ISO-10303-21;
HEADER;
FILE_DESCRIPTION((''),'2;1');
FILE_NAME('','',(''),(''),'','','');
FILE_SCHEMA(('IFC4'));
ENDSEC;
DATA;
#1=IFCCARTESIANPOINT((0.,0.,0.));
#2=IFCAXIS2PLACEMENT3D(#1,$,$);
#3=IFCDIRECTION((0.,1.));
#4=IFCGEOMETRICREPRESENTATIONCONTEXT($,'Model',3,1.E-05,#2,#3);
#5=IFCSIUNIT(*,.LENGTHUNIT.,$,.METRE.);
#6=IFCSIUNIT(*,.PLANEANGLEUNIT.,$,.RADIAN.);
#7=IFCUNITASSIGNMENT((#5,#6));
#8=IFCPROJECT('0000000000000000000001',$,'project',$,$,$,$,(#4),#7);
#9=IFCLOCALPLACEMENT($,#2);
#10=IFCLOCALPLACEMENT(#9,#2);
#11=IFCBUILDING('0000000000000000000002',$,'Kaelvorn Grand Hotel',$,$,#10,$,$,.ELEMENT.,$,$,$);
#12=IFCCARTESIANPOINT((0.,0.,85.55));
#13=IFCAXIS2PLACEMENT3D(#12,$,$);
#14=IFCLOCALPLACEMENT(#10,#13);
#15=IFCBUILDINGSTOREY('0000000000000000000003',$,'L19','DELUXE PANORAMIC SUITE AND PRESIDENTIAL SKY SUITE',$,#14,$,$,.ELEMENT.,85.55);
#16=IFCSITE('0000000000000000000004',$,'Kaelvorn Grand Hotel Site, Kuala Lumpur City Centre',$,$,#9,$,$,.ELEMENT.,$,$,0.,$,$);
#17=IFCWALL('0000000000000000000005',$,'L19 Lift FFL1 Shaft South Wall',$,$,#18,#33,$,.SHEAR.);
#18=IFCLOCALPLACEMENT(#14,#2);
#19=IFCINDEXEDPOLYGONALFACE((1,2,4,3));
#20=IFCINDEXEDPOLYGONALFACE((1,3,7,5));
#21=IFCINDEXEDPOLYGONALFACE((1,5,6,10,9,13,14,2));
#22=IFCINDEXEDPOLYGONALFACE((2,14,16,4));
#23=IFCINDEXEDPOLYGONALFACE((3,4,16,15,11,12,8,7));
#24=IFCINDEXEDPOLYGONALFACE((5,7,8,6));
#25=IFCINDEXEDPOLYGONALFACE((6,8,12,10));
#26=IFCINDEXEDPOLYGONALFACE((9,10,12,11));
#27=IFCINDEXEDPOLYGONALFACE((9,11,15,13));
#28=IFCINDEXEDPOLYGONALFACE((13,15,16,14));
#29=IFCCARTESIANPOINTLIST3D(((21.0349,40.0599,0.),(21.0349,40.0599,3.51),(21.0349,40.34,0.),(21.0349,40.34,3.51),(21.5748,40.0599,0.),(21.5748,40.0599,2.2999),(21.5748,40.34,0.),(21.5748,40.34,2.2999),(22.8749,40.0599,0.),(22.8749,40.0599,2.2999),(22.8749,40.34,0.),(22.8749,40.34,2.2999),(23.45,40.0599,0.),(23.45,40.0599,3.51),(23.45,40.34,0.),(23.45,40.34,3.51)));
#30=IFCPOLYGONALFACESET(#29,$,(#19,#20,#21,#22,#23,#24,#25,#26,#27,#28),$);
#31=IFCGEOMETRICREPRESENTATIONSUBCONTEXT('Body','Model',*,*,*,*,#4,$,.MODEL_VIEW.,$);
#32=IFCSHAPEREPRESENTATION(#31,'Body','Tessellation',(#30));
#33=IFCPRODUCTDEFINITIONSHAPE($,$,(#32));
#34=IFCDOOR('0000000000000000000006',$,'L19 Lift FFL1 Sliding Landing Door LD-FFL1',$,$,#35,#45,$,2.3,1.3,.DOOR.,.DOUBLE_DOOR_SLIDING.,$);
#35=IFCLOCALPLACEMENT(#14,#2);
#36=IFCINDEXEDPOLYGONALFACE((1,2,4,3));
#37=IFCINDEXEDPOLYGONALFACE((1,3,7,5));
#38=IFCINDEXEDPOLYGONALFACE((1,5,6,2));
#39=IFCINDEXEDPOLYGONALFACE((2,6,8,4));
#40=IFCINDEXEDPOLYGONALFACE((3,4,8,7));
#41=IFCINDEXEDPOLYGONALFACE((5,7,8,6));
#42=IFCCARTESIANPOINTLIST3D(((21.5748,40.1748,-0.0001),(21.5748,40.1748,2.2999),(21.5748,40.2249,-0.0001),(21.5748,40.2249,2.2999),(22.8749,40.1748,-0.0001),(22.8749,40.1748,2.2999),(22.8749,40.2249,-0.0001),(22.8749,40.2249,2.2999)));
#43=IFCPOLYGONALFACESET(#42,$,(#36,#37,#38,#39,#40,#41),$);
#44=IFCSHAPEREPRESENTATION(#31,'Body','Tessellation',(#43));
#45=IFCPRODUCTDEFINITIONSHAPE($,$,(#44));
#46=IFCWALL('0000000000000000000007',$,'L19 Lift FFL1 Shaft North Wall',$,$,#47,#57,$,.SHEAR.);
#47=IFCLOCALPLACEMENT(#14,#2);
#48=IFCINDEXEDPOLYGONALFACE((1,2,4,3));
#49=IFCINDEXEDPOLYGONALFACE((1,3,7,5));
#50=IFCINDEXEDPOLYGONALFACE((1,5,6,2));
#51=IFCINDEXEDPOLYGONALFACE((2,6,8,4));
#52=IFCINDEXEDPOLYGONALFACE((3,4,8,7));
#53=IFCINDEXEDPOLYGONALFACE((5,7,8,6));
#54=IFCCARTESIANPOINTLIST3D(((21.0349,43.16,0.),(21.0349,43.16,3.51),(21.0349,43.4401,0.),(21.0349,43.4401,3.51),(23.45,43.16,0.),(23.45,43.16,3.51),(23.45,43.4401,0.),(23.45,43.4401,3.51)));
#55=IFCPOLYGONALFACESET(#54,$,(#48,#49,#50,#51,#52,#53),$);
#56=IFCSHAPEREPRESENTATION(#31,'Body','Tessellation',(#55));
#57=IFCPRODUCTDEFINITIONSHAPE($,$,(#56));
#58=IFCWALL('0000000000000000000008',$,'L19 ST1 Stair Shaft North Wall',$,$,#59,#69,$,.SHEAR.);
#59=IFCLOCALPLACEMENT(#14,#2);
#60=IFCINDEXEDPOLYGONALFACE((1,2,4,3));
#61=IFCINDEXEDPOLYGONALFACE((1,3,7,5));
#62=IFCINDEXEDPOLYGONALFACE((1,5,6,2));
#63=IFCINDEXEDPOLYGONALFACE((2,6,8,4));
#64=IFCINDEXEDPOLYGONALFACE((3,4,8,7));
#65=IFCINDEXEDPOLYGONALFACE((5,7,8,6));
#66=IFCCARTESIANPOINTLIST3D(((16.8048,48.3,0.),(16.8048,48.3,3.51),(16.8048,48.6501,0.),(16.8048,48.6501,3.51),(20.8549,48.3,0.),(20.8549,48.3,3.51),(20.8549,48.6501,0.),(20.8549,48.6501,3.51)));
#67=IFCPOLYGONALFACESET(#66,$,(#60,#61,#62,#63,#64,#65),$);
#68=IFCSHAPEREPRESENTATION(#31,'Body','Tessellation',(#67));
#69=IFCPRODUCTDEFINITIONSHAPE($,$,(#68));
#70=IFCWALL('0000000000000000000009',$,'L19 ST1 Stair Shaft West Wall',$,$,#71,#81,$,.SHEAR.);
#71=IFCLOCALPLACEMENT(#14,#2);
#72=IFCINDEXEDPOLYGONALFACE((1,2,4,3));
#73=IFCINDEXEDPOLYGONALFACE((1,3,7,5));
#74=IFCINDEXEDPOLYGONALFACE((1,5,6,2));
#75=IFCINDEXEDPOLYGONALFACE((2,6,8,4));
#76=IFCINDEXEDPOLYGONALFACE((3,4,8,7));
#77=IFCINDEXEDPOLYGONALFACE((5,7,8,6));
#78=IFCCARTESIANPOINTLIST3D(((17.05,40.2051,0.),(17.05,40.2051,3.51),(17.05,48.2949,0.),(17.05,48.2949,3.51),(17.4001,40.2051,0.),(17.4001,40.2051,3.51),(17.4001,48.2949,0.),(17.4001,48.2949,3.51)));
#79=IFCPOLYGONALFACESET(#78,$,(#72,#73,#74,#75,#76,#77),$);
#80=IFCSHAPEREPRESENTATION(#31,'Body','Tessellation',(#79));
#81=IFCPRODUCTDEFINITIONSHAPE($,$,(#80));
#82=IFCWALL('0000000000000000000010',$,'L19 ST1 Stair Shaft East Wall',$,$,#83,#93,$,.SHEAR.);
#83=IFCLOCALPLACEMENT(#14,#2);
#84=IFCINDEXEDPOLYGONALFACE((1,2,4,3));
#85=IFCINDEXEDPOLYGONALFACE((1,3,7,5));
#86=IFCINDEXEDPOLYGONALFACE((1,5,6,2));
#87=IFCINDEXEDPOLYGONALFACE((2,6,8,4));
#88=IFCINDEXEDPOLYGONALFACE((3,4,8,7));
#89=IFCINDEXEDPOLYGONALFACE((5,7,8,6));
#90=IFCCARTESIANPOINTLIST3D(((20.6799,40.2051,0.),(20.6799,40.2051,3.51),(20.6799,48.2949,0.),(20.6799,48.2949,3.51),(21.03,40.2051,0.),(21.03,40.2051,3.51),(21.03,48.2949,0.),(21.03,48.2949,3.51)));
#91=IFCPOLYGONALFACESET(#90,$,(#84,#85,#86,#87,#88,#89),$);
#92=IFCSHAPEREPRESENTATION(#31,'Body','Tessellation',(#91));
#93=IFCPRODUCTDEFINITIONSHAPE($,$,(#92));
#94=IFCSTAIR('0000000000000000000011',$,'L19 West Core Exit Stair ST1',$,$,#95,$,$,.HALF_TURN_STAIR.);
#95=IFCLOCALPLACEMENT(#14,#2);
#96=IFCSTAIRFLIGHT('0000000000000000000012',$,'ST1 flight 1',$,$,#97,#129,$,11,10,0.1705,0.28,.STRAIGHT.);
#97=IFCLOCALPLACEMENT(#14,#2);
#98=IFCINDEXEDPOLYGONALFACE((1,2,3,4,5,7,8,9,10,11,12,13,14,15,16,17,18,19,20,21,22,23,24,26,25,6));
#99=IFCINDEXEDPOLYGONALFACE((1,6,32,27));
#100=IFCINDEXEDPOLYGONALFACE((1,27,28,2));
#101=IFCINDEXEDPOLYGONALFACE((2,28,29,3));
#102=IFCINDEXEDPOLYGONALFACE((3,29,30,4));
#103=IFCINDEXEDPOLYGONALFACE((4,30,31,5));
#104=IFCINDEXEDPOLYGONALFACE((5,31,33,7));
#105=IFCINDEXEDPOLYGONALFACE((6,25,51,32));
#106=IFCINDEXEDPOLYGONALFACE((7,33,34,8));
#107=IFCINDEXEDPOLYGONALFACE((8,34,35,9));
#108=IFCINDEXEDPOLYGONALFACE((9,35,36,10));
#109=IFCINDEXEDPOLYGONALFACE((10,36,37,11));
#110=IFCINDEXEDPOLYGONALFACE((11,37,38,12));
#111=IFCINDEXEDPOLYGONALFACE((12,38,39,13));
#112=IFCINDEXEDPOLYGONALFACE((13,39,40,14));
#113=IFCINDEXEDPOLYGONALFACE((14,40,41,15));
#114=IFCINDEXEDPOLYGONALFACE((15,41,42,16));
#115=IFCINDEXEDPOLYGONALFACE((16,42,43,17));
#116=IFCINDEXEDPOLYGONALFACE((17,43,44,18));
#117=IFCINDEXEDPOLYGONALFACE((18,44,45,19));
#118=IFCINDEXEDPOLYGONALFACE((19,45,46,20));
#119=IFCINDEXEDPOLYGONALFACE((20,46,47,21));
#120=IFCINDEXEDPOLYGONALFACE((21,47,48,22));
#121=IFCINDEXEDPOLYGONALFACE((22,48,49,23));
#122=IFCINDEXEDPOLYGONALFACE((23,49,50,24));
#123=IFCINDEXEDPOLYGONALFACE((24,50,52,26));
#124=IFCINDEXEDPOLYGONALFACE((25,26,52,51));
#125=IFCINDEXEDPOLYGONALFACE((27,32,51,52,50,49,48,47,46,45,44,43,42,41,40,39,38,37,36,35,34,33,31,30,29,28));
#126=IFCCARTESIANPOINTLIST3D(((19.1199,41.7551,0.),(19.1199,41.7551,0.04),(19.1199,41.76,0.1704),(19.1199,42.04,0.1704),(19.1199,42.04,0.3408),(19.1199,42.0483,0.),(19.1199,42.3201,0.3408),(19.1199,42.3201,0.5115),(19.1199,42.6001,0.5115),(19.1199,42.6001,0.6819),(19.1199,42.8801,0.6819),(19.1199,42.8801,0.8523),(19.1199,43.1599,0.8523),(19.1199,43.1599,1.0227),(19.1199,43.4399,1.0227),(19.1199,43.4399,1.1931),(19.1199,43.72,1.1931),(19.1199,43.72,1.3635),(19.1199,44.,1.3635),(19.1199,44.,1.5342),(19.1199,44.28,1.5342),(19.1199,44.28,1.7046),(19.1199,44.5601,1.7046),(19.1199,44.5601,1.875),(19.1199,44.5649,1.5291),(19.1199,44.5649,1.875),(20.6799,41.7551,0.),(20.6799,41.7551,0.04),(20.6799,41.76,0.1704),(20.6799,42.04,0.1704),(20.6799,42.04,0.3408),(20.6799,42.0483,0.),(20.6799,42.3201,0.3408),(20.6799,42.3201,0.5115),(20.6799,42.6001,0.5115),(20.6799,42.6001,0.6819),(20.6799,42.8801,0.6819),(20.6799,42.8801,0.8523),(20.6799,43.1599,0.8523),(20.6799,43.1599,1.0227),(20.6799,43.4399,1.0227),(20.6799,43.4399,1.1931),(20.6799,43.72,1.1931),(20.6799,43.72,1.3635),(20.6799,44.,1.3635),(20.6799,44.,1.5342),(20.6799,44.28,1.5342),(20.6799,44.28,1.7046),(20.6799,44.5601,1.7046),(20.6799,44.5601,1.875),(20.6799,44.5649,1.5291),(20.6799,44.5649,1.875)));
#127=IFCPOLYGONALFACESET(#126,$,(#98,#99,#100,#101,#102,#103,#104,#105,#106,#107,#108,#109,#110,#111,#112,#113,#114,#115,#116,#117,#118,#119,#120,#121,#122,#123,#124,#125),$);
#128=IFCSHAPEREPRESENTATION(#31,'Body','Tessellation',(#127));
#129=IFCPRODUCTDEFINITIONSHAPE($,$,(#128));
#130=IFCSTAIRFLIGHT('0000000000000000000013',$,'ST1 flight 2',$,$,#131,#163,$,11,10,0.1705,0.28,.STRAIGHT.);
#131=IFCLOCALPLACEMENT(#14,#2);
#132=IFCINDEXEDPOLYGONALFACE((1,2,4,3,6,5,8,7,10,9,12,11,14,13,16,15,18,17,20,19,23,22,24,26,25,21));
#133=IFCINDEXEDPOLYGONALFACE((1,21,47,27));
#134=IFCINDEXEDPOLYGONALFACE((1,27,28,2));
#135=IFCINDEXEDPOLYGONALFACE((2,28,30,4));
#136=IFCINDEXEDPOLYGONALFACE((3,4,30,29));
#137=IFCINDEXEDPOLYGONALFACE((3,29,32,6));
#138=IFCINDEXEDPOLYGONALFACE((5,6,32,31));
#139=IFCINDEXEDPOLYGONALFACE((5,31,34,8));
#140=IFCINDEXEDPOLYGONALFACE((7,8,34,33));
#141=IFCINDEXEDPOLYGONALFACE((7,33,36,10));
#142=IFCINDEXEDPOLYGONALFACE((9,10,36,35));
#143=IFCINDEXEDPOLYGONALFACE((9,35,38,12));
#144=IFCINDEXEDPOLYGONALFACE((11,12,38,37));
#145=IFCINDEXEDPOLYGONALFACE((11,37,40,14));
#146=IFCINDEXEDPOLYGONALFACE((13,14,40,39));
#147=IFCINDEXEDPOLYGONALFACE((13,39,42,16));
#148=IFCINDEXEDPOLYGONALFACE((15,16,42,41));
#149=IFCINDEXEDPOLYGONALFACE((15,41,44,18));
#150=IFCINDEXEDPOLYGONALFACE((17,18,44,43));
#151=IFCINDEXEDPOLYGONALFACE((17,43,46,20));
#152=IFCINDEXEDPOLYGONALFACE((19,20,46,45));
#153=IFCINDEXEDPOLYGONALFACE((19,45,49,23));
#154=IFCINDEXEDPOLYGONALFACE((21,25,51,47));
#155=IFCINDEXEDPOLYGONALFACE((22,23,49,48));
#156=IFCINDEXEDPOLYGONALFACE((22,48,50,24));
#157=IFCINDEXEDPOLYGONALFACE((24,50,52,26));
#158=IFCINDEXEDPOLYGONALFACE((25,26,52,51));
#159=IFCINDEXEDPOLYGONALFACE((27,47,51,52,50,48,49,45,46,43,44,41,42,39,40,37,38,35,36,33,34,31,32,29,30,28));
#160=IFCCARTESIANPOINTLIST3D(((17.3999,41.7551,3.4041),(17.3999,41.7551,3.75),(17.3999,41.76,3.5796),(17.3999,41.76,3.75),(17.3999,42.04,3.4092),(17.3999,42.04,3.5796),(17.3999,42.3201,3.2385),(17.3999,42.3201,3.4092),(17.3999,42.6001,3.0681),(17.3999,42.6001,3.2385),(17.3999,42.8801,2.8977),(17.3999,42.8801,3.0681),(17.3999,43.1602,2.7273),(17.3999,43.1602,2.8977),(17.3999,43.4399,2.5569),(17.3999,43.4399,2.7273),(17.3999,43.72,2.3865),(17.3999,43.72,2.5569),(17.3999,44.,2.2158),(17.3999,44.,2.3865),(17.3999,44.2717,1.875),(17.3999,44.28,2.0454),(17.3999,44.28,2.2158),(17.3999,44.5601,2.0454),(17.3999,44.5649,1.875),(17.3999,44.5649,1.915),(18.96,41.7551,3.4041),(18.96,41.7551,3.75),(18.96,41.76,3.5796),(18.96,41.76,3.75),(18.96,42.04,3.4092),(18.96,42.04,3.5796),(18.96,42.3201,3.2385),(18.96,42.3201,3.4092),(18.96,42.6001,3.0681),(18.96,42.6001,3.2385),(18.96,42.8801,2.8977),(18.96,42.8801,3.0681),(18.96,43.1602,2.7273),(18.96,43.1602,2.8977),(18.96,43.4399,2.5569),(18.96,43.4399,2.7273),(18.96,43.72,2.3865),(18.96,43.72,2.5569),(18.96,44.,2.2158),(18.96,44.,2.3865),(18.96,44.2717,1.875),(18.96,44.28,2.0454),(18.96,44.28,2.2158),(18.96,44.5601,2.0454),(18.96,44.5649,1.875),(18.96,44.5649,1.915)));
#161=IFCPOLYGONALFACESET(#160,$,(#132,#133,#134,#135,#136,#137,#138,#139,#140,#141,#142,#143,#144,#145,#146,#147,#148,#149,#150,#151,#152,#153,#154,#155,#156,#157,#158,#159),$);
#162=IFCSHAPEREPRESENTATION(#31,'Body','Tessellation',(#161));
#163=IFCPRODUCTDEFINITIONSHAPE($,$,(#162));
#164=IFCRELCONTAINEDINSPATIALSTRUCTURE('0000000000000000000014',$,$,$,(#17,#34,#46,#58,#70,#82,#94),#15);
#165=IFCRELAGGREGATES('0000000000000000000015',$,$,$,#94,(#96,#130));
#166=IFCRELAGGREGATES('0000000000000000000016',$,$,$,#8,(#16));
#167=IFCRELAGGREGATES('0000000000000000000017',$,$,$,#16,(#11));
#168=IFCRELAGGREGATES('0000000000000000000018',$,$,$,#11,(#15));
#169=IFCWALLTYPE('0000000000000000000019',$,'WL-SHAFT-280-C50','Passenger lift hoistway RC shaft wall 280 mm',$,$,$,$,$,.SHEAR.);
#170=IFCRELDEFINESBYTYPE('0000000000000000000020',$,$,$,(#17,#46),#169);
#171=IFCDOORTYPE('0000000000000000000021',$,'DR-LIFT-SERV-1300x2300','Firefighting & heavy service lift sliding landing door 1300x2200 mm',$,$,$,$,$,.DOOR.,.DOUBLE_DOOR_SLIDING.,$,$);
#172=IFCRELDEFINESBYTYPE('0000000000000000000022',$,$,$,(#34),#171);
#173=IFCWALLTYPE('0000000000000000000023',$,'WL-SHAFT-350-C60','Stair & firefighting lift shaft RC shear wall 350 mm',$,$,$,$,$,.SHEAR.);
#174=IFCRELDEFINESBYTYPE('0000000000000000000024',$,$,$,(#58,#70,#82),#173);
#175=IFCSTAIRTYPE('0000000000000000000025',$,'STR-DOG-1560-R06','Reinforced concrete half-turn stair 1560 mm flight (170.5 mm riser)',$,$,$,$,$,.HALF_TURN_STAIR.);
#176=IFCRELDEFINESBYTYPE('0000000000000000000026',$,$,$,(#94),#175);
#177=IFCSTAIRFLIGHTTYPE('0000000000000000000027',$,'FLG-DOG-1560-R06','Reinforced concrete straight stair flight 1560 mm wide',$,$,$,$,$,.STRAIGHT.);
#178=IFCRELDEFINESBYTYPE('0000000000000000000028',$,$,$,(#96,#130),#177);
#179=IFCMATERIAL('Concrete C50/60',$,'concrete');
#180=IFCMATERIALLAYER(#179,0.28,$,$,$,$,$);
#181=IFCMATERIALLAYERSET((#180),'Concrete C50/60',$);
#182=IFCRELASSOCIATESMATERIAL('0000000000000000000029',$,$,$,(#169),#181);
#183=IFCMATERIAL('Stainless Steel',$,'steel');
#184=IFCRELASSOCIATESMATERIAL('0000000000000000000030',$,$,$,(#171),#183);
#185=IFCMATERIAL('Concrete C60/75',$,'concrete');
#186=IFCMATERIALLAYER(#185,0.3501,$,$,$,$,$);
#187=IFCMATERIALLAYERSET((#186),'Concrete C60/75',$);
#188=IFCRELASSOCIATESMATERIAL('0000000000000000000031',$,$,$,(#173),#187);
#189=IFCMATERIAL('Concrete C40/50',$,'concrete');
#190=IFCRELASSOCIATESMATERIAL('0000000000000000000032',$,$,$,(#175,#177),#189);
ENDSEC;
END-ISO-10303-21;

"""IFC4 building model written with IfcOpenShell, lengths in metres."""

from ifc_helpers import new_model, si_unit, direction, frame, frame_2d, origin, place, context, subcontext, project, spatial, polyline, rectangle, outline, extrude, material, layer, layer_set, type_object, element, fill, aggregate, save


model = new_model("IFC4")

# Units and contexts
model_context = context("Model", 3, precision=1e-05, world=origin(), true_north=direction((0.0, 1.0)))
body_context = subcontext(model_context, "Body", "Model", "MODEL_VIEW")
ifc_project = project(units=[si_unit("LENGTHUNIT", "METRE"), si_unit("PLANEANGLEUNIT", "RADIAN")], contexts=[model_context])

# Site, building, storey
site_placement = place(None, origin())
site = spatial("IfcSite", under=ifc_project, at=site_placement, Name="Kaelvorn Grand Hotel Site, Kuala Lumpur City Centre", CompositionType="ELEMENT", RefElevation=0.0)
building_placement = place(site_placement, origin())
building = spatial("IfcBuilding", under=site, at=building_placement, Name="Kaelvorn Grand Hotel", CompositionType="ELEMENT")
storey_placement = place(building_placement, frame((0.0, 0.0, 85.55)))
storey = spatial("IfcBuildingStorey", under=building, at=storey_placement, Name="L19", Description="DELUXE PANORAMIC SUITE AND PRESIDENTIAL SKY SUITE", CompositionType="ELEMENT", Elevation=85.55)

# Shared definitions
ifc_material_1 = material(Name="Concrete C60/75", Category="concrete")

# Shared definitions
ifc_material_2 = material(Name="Concrete C40/50", Category="concrete")

# Wall, opening, door
ifc_material_3 = material(Name="Concrete C50/60", Category="concrete")
ifc_layer_1 = layer(ifc_material_3, 0.28)
ifc_layer_set_1 = layer_set([ifc_layer_1], Name="Concrete C50/60")
wall_type_1 = type_object("IfcWallType", Name="WL-SHAFT-280-C50", Description="Passenger lift hoistway RC shaft wall 280 mm", PredefinedType="SHEAR", material=ifc_layer_set_1)
wall_1_placement = place(storey_placement, frame((21.0349, 40.2, 0.0), z_axis=(0.0, 0.0, 1.0), x_axis=(1.0, 0.0, 0.0)))
wall_1 = element("IfcWall", 1, at=wall_1_placement, inside=storey, type_object=wall_type_1, Name="L19 Lift FFL1 Shaft South Wall", PredefinedType="SHEAR", context=body_context, shape_type="SweptSolid", body=[
    extrude(rectangle(XDim=2.415, YDim=0.28, at=frame_2d((1.2075, 0.0))), origin(), (0.0, 0.0, 1.0), 3.51),
])
opening_1_placement = place(wall_1_placement, frame((0.54, 0.0, 0.0)))
opening_1 = element("IfcOpeningElement", 2, at=opening_1_placement, cuts=wall_1, PredefinedType="OPENING", context=body_context, shape_type="SweptSolid", body=[
    extrude(rectangle(XDim=1.3, YDim=2.3, at=frame_2d((0.6499, 1.1499))), frame((0.0, 0.1499, 0.0), z_axis=(0.0, -1.0, 0.0), x_axis=(1.0, 0.0, 0.0)), (0.0, 0.0, 1.0), 0.3),
])
ifc_material_4 = material(Name="Stainless Steel", Category="steel")
door_type_1 = type_object("IfcDoorType", Name="DR-LIFT-SERV-1300x2300", Description="Firefighting & heavy service lift sliding landing door 1300x2200 mm", OperationType="DOUBLE_DOOR_SLIDING", PredefinedType="DOOR", material=ifc_material_4)
door_1_placement = place(opening_1_placement, origin())
door_1 = element("IfcDoor", 3, at=door_1_placement, inside=storey, type_object=door_type_1, Name="L19 Lift FFL1 Sliding Landing Door LD-FFL1", OperationType="DOUBLE_DOOR_SLIDING", OverallHeight=2.3, OverallWidth=1.3, PredefinedType="DOOR", context=body_context, shape_type="SweptSolid", body=[
    extrude(rectangle(XDim=1.3, YDim=2.3, at=frame_2d((0.6499, 1.1499))), frame((0.0, 0.0249, 0.0), z_axis=(0.0, -1.0, 0.0), x_axis=(1.0, 0.0, 0.0)), (0.0, 0.0, 1.0), 0.05),
])
fill(opening_1, door_1)

# Wall
wall_2_placement = place(storey_placement, frame((21.0349, 43.3, 0.0), z_axis=(0.0, 0.0, 1.0), x_axis=(1.0, 0.0, 0.0)))
element("IfcWall", 4, at=wall_2_placement, inside=storey, type_object=wall_type_1, Name="L19 Lift FFL1 Shaft North Wall", PredefinedType="SHEAR", context=body_context, shape_type="SweptSolid", body=[
    extrude(rectangle(XDim=2.415, YDim=0.28, at=frame_2d((1.2075, 0.0))), origin(), (0.0, 0.0, 1.0), 3.51),
])

# Shared definitions
ifc_layer_2 = layer(ifc_material_1, 0.3501)
ifc_layer_set_2 = layer_set([ifc_layer_2], Name="Concrete C60/75")
wall_type_2 = type_object("IfcWallType", Name="WL-SHAFT-350-C60", Description="Stair & firefighting lift shaft RC shear wall 350 mm", PredefinedType="SHEAR", material=ifc_layer_set_2)

# Walls
wall_3_placement = place(storey_placement, frame((16.8049, 48.4751, 0.0), z_axis=(0.0, 0.0, 1.0), x_axis=(1.0, 0.0, 0.0)))
element("IfcWall", 5, at=wall_3_placement, inside=storey, type_object=wall_type_2, Name="L19 ST1 Stair Shaft North Wall", PredefinedType="SHEAR", context=body_context, shape_type="SweptSolid", body=[
    extrude(rectangle(XDim=4.05, YDim=0.3501, at=frame_2d((2.0249, 0.0))), origin(), (0.0, 0.0, 1.0), 3.51),
])
for number, where, z_axis, x_axis, name in (
    (6, (17.2251, 40.2051, 0.0), (0.0, 0.0, 1.0), (0.0, 1.0, 0.0), "L19 ST1 Stair Shaft West Wall"),
    (7, (20.855, 40.2051, 0.0), (0.0, 0.0, 1.0), (0.0, 1.0, 0.0), "L19 ST1 Stair Shaft East Wall"),
):
    element("IfcWall", number, at=place(storey_placement, frame(where, z_axis=z_axis, x_axis=x_axis)), inside=storey, type_object=wall_type_2, Name=name, PredefinedType="SHEAR", context=body_context, shape_type="SweptSolid", body=[
        extrude(rectangle(XDim=8.0898, YDim=0.3501, at=frame_2d((4.0449, 0.0))), origin(), (0.0, 0.0, 1.0), 3.51),
    ])

# Stair, stair flights
stair_type = type_object("IfcStairType", Name="STR-DOG-1560-R06", Description="Reinforced concrete half-turn stair 1560 mm flight (170.5 mm riser)", PredefinedType="HALF_TURN_STAIR", material=ifc_material_2)
stair_placement = place(storey_placement, origin())
stair = element("IfcStair", 8, at=stair_placement, inside=storey, type_object=stair_type, Name="L19 West Core Exit Stair ST1", PredefinedType="HALF_TURN_STAIR")
stair_flight_type = type_object("IfcStairFlightType", Name="FLG-DOG-1560-R06", Description="Reinforced concrete straight stair flight 1560 mm wide", PredefinedType="STRAIGHT", material=ifc_material_2)
stair_flight_1_placement = place(storey_placement, frame((19.8999, 41.76, 0.0), z_axis=(0.0, 0.0, 1.0), x_axis=(0.0, 1.0, 0.0)))
stair_flight_1 = element("IfcStairFlight", 9, at=stair_flight_1_placement, type_object=stair_flight_type, Name="ST1 flight 1", NumberOfRisers=11, NumberOfTreads=10, PredefinedType="STRAIGHT", RiserHeight=0.1705, TreadLength=0.28, context=body_context, shape_type="SweptSolid", body=[
    extrude(outline(polyline([(-0.0049, 0.0), (-0.0049, 0.04), (0.0, 0.1704), (0.28, 0.1704), (0.28, 0.3408), (0.5601, 0.3408), (0.5601, 0.5115), (0.8401, 0.5115), (0.8401, 0.6819), (1.1201, 0.6819), (1.1201, 0.8523), (1.3999, 0.8523), (1.3999, 1.0227), (1.6799, 1.0227), (1.6799, 1.1931), (1.96, 1.1931), (1.96, 1.3635), (2.24, 1.3635), (2.24, 1.5342), (2.52, 1.5342), (2.52, 1.7046), (2.8, 1.7046), (2.8, 1.875), (2.8049, 1.875), (2.8049, 1.5291), (0.2883, 0.0), (-0.0049, 0.0)])), frame((0.0, 0.78, 0.0), z_axis=(0.0, -1.0, 0.0), x_axis=(1.0, 0.0, 0.0)), (0.0, 0.0, 1.0), 1.5601),
])
stair_flight_2_placement = place(storey_placement, frame((18.1799, 44.5601, 1.875), z_axis=(0.0, 0.0, 1.0), x_axis=(0.0, -1.0, 0.0)))
stair_flight_2 = element("IfcStairFlight", 10, at=stair_flight_2_placement, type_object=stair_flight_type, Name="ST1 flight 2", NumberOfRisers=11, NumberOfTreads=10, PredefinedType="STRAIGHT", RiserHeight=0.1705, TreadLength=0.28, context=body_context, shape_type="SweptSolid", body=[
    extrude(outline(polyline([(-0.0049, 0.0), (-0.0049, 0.04), (0.0, 0.1704), (0.28, 0.1704), (0.28, 0.3408), (0.5601, 0.3408), (0.5601, 0.5115), (0.8401, 0.5115), (0.8401, 0.6819), (1.1201, 0.6819), (1.1201, 0.8523), (1.3999, 0.8523), (1.3999, 1.0227), (1.6799, 1.0227), (1.6799, 1.1931), (1.96, 1.1931), (1.96, 1.3635), (2.24, 1.3635), (2.24, 1.5342), (2.52, 1.5342), (2.52, 1.7046), (2.8, 1.7046), (2.8, 1.875), (2.8049, 1.875), (2.8049, 1.5291), (0.2883, 0.0), (-0.0049, 0.0)])), frame((0.0, 0.78, 0.0), z_axis=(0.0, -1.0, 0.0), x_axis=(1.0, 0.0, 0.0)), (0.0, 0.0, 1.0), 1.5601),
])
aggregate(stair, [stair_flight_1, stair_flight_2])

save(model, "model.ifc")
